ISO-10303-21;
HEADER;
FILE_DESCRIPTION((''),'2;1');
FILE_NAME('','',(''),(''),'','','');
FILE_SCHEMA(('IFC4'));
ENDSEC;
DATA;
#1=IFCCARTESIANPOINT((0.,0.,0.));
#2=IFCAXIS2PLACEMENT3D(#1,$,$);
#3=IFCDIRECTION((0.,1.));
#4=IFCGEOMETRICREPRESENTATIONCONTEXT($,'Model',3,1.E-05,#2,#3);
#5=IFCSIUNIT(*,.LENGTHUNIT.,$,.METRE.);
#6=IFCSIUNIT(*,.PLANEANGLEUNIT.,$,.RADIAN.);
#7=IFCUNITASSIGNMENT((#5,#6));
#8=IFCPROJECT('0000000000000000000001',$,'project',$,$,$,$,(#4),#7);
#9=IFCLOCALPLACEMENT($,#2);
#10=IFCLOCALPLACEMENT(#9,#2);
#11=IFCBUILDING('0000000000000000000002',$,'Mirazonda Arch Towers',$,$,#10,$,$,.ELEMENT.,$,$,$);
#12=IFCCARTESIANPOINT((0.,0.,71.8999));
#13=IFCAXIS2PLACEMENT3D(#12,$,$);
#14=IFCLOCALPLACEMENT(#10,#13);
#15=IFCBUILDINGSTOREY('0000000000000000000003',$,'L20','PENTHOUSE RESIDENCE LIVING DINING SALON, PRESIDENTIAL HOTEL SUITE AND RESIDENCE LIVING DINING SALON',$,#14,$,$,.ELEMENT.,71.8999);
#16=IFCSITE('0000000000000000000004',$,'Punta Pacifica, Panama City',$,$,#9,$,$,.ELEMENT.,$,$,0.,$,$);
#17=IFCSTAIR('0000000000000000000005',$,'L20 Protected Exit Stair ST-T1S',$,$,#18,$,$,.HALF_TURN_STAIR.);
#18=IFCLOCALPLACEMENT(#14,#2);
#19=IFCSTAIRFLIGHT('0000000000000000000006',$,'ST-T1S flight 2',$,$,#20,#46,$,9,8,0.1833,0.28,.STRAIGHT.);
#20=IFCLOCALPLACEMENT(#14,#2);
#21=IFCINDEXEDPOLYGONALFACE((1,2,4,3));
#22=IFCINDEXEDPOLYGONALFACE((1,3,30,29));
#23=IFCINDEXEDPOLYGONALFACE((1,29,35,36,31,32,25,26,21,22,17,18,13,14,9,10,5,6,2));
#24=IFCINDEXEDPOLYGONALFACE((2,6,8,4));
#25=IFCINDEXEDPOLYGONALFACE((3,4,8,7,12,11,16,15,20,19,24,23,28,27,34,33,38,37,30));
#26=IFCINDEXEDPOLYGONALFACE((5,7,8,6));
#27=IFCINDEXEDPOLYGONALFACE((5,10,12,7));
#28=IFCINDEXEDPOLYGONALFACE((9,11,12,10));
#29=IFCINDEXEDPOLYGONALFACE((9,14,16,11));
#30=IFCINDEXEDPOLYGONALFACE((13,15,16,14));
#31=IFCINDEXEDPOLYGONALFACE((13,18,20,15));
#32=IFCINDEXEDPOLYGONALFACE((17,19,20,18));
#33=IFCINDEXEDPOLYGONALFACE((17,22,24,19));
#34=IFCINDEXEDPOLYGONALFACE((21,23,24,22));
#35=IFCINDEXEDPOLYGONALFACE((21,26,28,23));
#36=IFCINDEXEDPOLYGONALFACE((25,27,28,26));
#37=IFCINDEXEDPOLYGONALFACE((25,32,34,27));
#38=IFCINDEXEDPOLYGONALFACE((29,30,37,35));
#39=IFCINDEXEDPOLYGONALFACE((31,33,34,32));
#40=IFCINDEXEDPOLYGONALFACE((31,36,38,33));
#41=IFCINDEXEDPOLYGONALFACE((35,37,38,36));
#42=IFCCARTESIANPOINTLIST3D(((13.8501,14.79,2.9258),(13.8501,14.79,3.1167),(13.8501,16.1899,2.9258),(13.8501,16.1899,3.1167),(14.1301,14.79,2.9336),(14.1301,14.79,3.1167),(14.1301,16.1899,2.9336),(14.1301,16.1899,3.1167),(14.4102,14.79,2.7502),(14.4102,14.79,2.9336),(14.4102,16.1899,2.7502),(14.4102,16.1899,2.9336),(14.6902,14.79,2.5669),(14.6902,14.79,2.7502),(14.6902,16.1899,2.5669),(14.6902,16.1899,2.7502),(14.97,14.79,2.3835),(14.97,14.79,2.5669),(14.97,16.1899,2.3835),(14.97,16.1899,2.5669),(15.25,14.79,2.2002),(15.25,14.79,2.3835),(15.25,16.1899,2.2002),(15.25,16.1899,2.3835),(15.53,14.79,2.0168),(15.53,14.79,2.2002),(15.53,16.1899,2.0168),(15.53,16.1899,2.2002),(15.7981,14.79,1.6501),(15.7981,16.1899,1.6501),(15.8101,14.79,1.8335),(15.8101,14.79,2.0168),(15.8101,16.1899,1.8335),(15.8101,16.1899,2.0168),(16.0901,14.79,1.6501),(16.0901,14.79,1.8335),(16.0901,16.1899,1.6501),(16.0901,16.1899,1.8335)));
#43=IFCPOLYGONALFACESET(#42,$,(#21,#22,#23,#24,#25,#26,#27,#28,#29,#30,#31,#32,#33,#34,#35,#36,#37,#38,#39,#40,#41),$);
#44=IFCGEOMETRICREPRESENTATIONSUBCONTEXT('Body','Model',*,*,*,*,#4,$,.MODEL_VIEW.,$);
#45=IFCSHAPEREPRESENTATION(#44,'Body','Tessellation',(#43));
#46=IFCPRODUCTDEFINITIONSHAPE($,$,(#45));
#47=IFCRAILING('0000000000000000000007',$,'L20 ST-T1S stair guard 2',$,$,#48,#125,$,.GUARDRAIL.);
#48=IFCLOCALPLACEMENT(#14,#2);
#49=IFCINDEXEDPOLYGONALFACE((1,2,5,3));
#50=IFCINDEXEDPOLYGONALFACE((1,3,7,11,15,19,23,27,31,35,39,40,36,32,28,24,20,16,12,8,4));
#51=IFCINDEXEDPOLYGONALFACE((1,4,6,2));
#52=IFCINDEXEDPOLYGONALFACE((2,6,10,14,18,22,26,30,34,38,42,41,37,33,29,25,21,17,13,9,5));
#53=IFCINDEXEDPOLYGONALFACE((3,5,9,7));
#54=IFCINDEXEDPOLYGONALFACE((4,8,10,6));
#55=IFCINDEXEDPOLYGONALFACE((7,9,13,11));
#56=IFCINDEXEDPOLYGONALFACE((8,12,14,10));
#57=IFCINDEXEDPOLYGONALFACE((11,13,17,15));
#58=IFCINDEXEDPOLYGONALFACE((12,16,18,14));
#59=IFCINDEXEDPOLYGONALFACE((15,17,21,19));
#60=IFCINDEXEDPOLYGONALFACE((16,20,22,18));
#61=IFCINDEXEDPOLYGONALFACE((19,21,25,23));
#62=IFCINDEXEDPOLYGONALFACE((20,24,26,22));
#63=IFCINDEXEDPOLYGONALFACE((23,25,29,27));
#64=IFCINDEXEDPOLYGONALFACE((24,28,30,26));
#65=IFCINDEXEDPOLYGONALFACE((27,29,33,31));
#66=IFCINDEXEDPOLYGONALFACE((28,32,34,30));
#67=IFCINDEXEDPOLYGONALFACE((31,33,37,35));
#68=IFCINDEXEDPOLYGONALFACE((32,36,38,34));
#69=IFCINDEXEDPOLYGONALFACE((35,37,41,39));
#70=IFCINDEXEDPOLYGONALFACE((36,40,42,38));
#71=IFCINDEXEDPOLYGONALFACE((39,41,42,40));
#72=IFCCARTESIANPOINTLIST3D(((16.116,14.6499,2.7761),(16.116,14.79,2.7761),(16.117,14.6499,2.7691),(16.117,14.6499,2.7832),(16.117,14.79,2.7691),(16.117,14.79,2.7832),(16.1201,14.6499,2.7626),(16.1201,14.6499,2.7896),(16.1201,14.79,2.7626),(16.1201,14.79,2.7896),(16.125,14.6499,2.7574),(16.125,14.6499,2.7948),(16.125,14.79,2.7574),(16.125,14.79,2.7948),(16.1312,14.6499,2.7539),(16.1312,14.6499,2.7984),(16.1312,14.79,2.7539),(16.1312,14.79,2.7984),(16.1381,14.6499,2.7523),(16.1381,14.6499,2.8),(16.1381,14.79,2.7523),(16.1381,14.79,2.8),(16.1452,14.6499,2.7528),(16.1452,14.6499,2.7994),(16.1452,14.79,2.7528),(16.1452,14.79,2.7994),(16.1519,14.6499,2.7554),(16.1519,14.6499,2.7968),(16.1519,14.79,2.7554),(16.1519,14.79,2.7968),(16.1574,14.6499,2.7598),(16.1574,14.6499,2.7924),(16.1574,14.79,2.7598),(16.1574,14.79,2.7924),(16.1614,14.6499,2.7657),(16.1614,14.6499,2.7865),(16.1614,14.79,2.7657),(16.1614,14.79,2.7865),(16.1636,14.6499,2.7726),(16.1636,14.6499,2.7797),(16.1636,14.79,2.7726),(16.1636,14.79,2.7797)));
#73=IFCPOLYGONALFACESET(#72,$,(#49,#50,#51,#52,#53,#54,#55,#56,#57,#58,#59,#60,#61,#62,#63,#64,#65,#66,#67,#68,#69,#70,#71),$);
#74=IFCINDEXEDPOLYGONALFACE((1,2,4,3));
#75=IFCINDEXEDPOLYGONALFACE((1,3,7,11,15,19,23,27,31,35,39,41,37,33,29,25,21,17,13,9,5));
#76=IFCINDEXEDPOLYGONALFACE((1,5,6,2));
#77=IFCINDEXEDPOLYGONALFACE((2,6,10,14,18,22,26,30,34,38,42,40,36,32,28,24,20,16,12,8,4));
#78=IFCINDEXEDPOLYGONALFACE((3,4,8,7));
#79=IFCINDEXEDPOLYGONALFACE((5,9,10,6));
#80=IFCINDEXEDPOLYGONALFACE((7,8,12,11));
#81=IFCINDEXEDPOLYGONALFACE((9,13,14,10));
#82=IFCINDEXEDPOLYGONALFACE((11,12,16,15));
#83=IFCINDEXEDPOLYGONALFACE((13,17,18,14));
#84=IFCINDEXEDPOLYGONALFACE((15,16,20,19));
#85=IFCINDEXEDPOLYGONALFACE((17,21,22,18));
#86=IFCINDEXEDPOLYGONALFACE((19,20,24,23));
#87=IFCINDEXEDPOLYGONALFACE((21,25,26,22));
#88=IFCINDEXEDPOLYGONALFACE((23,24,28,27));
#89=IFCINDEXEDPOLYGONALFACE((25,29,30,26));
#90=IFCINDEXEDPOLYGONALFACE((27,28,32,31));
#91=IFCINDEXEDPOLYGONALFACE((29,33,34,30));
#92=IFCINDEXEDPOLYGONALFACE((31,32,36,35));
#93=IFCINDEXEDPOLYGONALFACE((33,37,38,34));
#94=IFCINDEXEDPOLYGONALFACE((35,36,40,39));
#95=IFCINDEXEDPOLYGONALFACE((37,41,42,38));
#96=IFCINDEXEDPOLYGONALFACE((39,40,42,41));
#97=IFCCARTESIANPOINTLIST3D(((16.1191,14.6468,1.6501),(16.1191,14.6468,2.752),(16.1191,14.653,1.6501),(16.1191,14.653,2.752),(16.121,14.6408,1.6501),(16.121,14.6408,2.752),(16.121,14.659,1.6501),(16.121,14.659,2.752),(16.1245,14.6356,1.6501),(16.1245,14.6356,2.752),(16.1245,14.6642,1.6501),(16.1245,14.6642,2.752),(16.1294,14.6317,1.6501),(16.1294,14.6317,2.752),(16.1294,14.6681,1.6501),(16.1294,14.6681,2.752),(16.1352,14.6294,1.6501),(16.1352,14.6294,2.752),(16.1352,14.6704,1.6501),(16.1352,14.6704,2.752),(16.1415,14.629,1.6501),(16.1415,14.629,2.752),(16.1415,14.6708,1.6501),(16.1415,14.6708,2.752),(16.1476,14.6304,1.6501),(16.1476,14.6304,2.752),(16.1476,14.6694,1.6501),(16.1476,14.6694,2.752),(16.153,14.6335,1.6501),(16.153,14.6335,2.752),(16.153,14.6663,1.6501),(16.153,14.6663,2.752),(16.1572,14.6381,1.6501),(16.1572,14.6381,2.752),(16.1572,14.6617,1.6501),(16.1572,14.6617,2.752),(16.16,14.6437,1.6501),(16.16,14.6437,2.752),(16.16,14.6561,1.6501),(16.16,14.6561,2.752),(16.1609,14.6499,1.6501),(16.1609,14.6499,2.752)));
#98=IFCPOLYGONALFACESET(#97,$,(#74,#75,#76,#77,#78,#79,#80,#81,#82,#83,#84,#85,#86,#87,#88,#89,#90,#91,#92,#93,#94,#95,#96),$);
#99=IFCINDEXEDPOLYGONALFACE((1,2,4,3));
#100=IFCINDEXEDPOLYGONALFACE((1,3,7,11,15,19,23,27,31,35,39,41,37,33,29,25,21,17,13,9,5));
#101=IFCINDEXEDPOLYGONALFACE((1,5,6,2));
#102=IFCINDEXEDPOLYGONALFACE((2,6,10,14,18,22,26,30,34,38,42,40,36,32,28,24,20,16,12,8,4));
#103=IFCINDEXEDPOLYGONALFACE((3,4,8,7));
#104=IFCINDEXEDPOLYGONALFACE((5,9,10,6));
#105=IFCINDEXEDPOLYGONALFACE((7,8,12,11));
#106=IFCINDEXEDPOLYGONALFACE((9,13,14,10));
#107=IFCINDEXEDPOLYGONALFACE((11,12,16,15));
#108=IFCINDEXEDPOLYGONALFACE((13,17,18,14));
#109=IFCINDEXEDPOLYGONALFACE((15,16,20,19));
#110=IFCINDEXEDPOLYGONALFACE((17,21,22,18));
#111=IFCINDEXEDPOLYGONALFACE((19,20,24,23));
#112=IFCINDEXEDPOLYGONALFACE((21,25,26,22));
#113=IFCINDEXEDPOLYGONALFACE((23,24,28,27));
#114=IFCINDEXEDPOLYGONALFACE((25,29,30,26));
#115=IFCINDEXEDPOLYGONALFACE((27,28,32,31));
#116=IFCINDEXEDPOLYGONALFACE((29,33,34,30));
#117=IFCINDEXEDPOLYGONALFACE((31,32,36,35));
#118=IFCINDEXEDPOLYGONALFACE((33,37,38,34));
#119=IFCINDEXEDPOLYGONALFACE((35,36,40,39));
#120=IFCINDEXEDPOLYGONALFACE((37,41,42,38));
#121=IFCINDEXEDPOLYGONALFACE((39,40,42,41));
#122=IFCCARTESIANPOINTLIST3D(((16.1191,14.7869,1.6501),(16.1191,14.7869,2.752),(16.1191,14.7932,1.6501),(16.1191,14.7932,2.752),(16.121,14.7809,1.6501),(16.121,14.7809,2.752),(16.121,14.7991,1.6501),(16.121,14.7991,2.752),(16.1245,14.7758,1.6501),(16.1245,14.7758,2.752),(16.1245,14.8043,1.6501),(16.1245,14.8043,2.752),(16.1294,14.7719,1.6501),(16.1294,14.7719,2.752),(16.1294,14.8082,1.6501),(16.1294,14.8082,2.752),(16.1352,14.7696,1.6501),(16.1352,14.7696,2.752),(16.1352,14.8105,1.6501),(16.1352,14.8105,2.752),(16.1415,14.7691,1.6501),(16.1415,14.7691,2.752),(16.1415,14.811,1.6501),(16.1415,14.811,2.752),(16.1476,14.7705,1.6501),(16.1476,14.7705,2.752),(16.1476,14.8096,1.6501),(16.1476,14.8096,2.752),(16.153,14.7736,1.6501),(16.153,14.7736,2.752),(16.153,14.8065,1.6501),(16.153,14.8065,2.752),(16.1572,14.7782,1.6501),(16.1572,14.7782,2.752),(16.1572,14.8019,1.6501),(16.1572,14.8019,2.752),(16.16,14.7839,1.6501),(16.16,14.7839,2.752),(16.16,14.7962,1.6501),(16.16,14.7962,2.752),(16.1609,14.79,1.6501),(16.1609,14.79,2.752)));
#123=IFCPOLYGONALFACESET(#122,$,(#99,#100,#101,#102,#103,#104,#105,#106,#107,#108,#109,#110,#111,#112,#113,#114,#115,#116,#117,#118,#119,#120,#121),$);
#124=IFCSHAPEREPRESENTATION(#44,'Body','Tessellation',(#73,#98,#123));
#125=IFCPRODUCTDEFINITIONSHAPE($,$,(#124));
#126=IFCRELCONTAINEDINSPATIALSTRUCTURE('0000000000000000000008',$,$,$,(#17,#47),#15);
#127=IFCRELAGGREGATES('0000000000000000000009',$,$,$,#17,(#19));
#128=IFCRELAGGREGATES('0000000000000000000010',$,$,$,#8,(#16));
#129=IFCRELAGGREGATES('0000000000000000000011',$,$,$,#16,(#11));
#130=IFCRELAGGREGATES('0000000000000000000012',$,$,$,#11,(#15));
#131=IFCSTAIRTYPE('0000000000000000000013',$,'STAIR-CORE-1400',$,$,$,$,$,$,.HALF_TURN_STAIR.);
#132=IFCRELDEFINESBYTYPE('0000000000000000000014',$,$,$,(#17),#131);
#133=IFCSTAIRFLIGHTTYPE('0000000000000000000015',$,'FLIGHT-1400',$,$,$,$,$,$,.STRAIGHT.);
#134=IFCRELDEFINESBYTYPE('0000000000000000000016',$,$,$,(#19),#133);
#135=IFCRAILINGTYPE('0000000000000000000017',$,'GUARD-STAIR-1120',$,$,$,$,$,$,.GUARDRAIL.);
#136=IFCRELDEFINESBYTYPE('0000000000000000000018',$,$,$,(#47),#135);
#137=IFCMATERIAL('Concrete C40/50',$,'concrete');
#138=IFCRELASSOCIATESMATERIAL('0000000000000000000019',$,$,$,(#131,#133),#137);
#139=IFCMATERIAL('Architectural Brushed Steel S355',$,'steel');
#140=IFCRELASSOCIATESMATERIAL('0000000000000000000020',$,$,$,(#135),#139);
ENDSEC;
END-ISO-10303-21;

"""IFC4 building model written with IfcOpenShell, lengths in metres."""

from ifc_helpers import new_model, si_unit, direction, frame, origin, origin_2d, place, context, subcontext, project, spatial, polyline, circle, outline, extrude, material, type_object, element, aggregate, save


model = new_model("IFC4")

# Units and contexts
model_context = context("Model", 3, precision=1e-05, world=origin(), true_north=direction((0.0, 1.0)))
body_context = subcontext(model_context, "Body", "Model", "MODEL_VIEW")
ifc_project = project(units=[si_unit("LENGTHUNIT", "METRE"), si_unit("PLANEANGLEUNIT", "RADIAN")], contexts=[model_context])

# Site, building, storey
site_placement = place(None, origin())
site = spatial("IfcSite", under=ifc_project, at=site_placement, Name="Punta Pacifica, Panama City", CompositionType="ELEMENT", RefElevation=0.0)
building_placement = place(site_placement, origin())
building = spatial("IfcBuilding", under=site, at=building_placement, Name="Mirazonda Arch Towers", CompositionType="ELEMENT")
storey_placement = place(building_placement, frame((0.0, 0.0, 71.8999)))
storey = spatial("IfcBuildingStorey", under=building, at=storey_placement, Name="L20", Description="PENTHOUSE RESIDENCE LIVING DINING SALON, PRESIDENTIAL HOTEL SUITE AND RESIDENCE LIVING DINING SALON", CompositionType="ELEMENT", Elevation=71.8999)

# Shared definitions
ifc_material_1 = material(Name="Concrete C40/50", Category="concrete")

# Stair, stair flight
stair_type = type_object("IfcStairType", Name="STAIR-CORE-1400", PredefinedType="HALF_TURN_STAIR", material=ifc_material_1)
stair_placement = place(storey_placement, origin())
stair = element("IfcStair", 1, at=stair_placement, inside=storey, type_object=stair_type, Name="L20 Protected Exit Stair ST-T1S", PredefinedType="HALF_TURN_STAIR")
stair_flight_type = type_object("IfcStairFlightType", Name="FLIGHT-1400", PredefinedType="STRAIGHT", material=ifc_material_1)
stair_flight_placement = place(storey_placement, frame((16.0901, 15.49, 1.6501), z_axis=(0.0, 0.0, 1.0), x_axis=(-1.0, 0.0, 0.0)))
stair_flight = element("IfcStairFlight", 2, at=stair_flight_placement, type_object=stair_flight_type, Name="ST-T1S flight 2", NumberOfRisers=9, NumberOfTreads=8, PredefinedType="STRAIGHT", RiserHeight=0.1833, TreadLength=0.28, context=body_context, shape_type="SweptSolid", body=[
    extrude(outline(polyline([(0.0, 0.0), (0.0, 0.1833), (0.28, 0.1833), (0.28, 0.3667), (0.5601, 0.3667), (0.5601, 0.55), (0.8401, 0.55), (0.8401, 0.7334), (1.1201, 0.7334), (1.1201, 0.9167), (1.3999, 0.9167), (1.3999, 1.1001), (1.6799, 1.1001), (1.6799, 1.2834), (1.96, 1.2834), (1.96, 1.4666), (2.24, 1.4666), (2.24, 1.6499), (2.24, 1.2756), (0.292, 0.0), (0.0, 0.0)])), frame((0.0, 0.7, 0.0), z_axis=(0.0, -1.0, 0.0), x_axis=(1.0, 0.0, 0.0)), (0.0, 0.0, 1.0), 1.3999),
])
aggregate(stair, [stair_flight])

# Railing
ifc_material_2 = material(Name="Architectural Brushed Steel S355", Category="steel")
railing_type_1 = type_object("IfcRailingType", Name="GUARD-STAIR-1120", PredefinedType="GUARDRAIL", material=ifc_material_2)
railing_1_placement = place(storey_placement, frame((16.1399, 14.6499, 1.6501)))
element("IfcRailing", 3, at=railing_1_placement, inside=storey, type_object=railing_type_1, Name="L20 ST-T1S stair guard 2", PredefinedType="GUARDRAIL", context=body_context, shape_type="SweptSolid", body=[
    extrude(circle(Radius=0.0239, at=origin_2d()), frame((0.0, 0.0, 1.126), z_axis=(0.0, 1.0, 0.0), x_axis=(-1.0, 0.0, 0.0)), (0.0, 0.0, 1.0), 0.1401),
    extrude(circle(Radius=0.021, at=origin_2d()), origin(), (0.0, 0.0, 1.0), 1.1018),
    extrude(circle(Radius=0.021, at=origin_2d()), frame((0.0, 0.1401, 0.0)), (0.0, 0.0, 1.0), 1.1018),
])

save(model, "model.ifc")
